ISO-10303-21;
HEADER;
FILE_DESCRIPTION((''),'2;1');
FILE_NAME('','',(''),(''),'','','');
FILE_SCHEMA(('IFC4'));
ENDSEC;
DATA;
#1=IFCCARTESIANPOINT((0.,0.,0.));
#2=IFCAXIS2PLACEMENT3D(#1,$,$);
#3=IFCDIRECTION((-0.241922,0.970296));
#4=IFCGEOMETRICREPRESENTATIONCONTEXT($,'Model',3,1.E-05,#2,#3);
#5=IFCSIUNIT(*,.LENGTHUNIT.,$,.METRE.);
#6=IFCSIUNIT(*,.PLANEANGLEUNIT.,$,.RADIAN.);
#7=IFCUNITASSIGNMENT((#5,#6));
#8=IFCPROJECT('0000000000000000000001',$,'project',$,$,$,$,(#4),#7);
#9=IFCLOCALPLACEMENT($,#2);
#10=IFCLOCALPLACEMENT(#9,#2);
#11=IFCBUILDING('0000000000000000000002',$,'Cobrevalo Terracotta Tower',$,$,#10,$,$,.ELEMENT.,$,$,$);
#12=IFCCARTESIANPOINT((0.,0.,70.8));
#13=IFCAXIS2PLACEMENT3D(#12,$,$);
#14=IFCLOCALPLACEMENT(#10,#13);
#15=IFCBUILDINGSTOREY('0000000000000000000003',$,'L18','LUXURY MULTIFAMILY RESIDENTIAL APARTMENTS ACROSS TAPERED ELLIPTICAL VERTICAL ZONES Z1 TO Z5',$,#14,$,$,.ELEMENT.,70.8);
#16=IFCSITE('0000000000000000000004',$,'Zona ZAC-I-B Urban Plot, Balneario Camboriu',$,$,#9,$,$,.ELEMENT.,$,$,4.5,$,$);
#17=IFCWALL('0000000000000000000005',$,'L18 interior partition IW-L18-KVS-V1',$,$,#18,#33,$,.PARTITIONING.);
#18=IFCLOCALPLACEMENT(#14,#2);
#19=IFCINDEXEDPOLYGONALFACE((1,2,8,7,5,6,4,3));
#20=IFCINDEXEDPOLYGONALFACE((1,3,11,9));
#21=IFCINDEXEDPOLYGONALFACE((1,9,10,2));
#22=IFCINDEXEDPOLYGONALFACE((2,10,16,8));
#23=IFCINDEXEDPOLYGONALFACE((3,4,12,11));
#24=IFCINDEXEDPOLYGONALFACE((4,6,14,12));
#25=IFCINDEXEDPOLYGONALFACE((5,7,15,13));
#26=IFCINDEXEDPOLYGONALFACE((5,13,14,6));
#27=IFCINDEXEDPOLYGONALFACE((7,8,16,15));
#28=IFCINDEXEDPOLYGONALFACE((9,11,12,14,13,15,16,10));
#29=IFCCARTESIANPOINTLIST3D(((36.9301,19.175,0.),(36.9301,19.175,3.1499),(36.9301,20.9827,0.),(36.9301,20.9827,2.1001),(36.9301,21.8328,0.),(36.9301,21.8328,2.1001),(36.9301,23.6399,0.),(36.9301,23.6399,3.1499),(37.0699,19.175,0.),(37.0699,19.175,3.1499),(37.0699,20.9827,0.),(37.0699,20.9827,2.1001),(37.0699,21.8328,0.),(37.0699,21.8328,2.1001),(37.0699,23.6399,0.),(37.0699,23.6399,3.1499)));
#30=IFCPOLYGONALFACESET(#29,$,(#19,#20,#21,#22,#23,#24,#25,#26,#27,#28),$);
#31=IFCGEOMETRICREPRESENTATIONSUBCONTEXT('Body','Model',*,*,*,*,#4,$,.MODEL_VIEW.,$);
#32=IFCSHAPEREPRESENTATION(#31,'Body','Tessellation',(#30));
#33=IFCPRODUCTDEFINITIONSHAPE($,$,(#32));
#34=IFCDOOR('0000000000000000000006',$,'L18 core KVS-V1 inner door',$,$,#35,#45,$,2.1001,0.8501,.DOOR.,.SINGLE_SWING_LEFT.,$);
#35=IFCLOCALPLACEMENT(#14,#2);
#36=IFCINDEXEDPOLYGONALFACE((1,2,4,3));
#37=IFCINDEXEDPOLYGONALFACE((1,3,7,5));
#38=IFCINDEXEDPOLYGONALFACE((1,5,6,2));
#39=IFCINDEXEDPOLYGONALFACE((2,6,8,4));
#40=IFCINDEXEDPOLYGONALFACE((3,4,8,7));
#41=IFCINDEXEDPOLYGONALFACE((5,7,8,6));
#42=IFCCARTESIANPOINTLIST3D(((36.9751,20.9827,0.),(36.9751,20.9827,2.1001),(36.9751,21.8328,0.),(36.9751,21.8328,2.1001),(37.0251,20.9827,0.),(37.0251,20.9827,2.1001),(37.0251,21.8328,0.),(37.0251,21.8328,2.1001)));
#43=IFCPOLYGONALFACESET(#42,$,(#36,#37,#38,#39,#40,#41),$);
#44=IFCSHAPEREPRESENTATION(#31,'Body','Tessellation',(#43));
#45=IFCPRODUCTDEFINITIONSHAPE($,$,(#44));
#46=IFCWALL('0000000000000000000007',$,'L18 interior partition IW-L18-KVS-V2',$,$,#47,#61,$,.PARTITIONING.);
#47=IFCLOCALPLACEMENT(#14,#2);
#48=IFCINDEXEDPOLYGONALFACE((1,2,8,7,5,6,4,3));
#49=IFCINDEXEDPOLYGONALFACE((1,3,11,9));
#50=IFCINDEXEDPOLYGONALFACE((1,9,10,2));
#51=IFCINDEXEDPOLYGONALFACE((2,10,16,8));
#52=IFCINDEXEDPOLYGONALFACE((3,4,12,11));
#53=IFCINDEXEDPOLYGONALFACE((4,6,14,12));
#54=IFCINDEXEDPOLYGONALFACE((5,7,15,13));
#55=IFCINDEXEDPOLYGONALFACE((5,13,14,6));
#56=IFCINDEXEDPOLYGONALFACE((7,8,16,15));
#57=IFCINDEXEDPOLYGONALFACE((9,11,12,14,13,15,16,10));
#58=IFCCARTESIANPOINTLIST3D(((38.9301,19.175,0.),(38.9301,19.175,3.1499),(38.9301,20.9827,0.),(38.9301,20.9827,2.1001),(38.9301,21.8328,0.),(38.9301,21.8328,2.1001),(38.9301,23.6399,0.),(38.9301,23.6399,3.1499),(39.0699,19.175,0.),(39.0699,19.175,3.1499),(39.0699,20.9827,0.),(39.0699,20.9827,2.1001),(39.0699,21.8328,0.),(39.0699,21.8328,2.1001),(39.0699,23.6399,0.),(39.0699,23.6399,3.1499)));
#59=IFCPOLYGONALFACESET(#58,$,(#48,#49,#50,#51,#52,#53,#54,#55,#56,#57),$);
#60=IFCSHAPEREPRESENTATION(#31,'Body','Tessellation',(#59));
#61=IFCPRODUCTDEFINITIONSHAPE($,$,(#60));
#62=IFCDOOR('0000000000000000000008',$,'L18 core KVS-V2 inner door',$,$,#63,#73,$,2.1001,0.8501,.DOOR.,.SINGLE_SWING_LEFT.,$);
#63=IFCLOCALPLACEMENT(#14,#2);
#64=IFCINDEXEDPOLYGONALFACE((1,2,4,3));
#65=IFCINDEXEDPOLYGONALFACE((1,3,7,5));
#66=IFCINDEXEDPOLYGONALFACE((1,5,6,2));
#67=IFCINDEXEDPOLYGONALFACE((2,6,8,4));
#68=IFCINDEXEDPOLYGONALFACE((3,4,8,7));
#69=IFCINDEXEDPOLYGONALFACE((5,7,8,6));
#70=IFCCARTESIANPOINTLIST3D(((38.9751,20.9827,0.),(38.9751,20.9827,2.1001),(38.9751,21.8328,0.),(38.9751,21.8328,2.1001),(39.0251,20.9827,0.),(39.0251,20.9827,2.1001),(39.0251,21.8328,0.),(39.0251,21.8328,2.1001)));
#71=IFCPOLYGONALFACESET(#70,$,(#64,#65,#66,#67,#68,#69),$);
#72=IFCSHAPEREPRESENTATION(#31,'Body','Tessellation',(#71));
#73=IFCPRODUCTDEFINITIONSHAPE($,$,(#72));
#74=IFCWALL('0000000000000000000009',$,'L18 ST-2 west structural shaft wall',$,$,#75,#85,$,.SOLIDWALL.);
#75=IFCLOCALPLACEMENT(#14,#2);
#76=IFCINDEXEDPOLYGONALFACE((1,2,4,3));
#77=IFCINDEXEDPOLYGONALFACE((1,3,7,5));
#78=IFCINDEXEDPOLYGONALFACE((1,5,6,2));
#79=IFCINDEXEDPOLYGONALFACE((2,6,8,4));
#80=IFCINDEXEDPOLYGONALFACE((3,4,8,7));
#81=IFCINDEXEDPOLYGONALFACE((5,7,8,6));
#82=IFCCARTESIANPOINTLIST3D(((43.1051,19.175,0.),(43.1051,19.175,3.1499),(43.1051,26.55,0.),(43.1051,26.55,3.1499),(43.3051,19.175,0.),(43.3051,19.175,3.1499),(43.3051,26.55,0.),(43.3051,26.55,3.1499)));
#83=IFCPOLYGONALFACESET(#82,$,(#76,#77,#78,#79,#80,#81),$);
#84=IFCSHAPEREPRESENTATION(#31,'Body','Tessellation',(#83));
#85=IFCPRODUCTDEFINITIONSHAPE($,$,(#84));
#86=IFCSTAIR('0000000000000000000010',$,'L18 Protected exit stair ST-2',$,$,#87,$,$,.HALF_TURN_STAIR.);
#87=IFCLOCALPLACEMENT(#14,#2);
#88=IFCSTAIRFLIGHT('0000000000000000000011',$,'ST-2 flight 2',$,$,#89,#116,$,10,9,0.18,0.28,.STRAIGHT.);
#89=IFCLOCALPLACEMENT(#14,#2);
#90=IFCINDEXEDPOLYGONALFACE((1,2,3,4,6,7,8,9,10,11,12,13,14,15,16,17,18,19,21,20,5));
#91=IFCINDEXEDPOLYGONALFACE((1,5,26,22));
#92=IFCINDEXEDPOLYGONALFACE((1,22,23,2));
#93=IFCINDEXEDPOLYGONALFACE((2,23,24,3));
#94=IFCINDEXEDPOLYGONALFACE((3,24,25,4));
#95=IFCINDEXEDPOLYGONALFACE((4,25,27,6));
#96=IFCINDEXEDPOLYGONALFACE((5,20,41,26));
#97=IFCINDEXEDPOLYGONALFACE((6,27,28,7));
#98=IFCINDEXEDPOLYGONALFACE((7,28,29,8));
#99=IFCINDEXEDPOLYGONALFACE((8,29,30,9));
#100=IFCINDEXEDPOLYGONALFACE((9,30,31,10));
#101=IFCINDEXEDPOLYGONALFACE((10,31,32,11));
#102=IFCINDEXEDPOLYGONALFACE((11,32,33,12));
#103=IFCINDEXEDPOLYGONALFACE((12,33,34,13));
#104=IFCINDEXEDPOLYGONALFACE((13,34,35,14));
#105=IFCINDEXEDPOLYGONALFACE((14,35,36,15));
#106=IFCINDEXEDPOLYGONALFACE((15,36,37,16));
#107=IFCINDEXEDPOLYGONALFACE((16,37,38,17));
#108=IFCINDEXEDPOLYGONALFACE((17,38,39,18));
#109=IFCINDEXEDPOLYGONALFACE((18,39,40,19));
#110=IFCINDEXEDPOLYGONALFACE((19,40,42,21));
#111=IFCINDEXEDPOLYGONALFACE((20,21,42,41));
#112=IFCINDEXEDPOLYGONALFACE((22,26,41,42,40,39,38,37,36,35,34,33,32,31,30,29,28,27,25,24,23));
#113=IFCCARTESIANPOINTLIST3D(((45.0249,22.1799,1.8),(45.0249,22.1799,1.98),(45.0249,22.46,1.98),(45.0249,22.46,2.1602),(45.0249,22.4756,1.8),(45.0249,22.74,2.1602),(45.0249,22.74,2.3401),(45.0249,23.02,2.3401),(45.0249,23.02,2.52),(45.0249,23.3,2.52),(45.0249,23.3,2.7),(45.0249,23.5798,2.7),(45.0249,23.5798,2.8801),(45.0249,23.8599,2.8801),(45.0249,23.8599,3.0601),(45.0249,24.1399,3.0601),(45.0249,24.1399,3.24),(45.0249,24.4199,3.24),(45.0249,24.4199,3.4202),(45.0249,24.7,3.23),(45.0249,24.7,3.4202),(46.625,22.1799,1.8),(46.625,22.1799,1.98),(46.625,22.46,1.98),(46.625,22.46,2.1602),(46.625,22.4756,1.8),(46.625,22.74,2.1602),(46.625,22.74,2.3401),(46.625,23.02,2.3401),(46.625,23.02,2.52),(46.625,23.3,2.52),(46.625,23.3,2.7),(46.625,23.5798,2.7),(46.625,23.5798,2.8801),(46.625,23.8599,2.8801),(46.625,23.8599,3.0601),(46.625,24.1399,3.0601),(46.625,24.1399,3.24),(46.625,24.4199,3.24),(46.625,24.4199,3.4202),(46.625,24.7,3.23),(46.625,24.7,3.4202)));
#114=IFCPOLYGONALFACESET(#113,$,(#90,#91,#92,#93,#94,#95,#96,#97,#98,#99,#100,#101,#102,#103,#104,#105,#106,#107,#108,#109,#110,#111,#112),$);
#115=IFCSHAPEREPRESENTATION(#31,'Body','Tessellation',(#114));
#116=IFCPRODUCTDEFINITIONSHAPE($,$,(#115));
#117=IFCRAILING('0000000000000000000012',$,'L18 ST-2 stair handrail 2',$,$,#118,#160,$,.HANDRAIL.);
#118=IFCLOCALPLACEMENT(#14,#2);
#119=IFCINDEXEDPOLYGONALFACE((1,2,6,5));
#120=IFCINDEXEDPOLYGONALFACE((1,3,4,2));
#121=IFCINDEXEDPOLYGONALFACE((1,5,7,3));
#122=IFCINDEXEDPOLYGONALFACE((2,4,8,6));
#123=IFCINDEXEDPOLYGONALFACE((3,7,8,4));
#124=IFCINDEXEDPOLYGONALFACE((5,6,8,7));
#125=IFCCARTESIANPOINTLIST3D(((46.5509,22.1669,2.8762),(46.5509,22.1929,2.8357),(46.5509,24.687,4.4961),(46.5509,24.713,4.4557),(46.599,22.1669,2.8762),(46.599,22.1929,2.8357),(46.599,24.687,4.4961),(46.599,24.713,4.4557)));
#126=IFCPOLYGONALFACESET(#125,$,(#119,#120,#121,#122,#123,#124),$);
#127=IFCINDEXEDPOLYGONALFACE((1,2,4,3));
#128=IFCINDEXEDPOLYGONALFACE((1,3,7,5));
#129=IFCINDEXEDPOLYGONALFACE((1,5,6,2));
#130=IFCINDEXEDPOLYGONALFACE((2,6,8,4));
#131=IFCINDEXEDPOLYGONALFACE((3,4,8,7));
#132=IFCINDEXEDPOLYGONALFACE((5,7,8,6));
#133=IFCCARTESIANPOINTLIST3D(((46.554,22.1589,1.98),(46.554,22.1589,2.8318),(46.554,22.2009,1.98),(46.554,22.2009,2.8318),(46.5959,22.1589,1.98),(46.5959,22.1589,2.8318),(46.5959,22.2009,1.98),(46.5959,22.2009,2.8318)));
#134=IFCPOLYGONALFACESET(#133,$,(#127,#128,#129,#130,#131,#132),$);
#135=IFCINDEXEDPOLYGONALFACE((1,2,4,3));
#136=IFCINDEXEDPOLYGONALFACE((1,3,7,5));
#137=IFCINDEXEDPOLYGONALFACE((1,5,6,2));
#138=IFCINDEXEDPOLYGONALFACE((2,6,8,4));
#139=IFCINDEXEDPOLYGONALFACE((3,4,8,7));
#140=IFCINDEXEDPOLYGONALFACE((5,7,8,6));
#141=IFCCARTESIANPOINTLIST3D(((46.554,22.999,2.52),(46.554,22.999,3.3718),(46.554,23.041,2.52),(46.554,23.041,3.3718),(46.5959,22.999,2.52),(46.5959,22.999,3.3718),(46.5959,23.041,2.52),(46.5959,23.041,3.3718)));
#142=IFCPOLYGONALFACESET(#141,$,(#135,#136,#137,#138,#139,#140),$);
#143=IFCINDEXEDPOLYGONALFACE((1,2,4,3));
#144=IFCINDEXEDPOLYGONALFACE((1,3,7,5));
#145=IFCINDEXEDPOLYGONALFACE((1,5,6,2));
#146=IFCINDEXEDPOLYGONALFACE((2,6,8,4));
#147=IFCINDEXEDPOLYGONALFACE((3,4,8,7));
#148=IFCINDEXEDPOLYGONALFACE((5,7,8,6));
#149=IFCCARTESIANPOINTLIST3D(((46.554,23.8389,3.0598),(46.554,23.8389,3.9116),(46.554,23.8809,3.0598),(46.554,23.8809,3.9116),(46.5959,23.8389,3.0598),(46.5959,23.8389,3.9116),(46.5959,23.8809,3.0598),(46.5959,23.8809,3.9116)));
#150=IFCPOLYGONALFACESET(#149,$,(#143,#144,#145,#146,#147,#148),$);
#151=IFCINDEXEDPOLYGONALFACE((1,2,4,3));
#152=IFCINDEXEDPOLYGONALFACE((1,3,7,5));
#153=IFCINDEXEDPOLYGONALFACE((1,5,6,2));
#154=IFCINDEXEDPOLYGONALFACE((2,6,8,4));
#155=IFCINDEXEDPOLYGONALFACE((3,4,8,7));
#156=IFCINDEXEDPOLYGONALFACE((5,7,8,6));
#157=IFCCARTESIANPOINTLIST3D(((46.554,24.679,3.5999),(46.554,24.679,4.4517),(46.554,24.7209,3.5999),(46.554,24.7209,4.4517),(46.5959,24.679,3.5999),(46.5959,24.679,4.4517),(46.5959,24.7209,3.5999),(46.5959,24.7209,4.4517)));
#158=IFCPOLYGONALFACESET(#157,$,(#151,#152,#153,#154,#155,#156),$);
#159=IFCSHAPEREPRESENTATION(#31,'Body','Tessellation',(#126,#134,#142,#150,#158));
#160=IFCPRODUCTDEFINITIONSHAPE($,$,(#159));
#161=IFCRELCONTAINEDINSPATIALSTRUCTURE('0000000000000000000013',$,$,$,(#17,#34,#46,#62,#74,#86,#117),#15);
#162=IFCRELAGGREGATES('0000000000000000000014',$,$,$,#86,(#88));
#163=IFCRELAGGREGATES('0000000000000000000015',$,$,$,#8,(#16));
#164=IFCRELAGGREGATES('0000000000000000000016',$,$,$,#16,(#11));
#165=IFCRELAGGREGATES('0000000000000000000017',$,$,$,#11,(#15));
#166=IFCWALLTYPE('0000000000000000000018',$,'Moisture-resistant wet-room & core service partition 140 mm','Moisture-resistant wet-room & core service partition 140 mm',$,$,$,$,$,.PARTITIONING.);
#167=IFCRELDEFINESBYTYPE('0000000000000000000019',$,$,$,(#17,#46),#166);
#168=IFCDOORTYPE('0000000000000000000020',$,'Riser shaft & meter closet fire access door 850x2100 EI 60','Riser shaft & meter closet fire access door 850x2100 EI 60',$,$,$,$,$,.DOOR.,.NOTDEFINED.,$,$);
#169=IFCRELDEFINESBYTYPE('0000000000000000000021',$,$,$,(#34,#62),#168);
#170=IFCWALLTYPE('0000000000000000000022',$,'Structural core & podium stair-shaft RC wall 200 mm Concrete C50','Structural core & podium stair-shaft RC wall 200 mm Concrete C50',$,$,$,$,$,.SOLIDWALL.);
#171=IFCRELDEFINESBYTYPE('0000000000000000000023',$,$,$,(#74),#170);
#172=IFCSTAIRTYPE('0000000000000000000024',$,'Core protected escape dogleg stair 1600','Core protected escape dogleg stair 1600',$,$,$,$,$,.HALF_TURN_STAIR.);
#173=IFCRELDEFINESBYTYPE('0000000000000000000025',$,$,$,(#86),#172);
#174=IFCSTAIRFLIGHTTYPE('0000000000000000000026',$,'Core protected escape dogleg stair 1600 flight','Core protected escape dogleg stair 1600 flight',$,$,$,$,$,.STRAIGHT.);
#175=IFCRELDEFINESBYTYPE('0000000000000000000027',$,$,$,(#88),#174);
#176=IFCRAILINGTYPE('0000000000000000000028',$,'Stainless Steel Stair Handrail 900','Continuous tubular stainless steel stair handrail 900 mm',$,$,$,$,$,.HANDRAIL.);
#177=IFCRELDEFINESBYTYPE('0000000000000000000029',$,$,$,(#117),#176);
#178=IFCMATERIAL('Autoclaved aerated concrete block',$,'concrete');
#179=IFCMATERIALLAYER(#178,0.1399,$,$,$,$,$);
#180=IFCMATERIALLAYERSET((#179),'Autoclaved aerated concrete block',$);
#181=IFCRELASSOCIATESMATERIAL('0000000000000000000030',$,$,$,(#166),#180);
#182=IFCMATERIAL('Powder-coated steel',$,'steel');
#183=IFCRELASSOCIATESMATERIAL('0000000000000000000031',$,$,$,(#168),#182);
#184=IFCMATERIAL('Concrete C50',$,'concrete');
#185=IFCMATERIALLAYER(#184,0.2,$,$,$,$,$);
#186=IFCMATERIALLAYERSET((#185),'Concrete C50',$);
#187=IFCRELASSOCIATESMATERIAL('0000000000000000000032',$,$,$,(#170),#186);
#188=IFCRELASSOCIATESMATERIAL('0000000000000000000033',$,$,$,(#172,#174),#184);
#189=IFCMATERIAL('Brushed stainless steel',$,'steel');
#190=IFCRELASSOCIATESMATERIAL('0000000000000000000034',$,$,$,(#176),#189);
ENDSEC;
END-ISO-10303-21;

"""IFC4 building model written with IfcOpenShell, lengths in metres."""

from ifc_helpers import new_model, si_unit, direction, frame, frame_2d, origin, origin_2d, place, context, subcontext, project, spatial, polyline, rectangle, outline, extrude, source, transform, mapped, material, layer, layer_set, type_object, element, fill, aggregate, save


model = new_model("IFC4")

# Units and contexts
model_context = context("Model", 3, precision=1e-05, world=origin(), true_north=direction((-0.241922, 0.970296)))
body_context = subcontext(model_context, "Body", "Model", "MODEL_VIEW")
ifc_project = project(units=[si_unit("LENGTHUNIT", "METRE"), si_unit("PLANEANGLEUNIT", "RADIAN")], contexts=[model_context])

# Site, building, storey
site_placement = place(None, origin())
site = spatial("IfcSite", under=ifc_project, at=site_placement, Name="Zona ZAC-I-B Urban Plot, Balneario Camboriu", CompositionType="ELEMENT", RefElevation=4.5)
building_placement = place(site_placement, origin())
building = spatial("IfcBuilding", under=site, at=building_placement, Name="Cobrevalo Terracotta Tower", CompositionType="ELEMENT")
storey_placement = place(building_placement, frame((0.0, 0.0, 70.8)))
storey = spatial("IfcBuildingStorey", under=building, at=storey_placement, Name="L18", Description="LUXURY MULTIFAMILY RESIDENTIAL APARTMENTS ACROSS TAPERED ELLIPTICAL VERTICAL ZONES Z1 TO Z5", CompositionType="ELEMENT", Elevation=70.8)

# Shared definitions
ifc_material_1 = material(Name="Autoclaved aerated concrete block", Category="concrete")

# Shared definitions
ifc_layer_1 = layer(ifc_material_1, 0.1399)
ifc_layer_set_1 = layer_set([ifc_layer_1], Name="Autoclaved aerated concrete block")
wall_type_1 = type_object("IfcWallType", Name="Moisture-resistant wet-room & core service partition 140 mm", Description="Moisture-resistant wet-room & core service partition 140 mm", PredefinedType="PARTITIONING", material=ifc_layer_set_1)

# Walls, openings, doors
wall_1_placement = place(storey_placement, frame((37.0, 19.175, 0.0), z_axis=(0.0, 0.0, 1.0), x_axis=(0.0, 1.0, 0.0)))
wall_1 = element("IfcWall", 1, at=wall_1_placement, inside=storey, type_object=wall_type_1, Name="L18 interior partition IW-L18-KVS-V1", PredefinedType="PARTITIONING", context=body_context, shape_type="SweptSolid", body=[
    extrude(rectangle(XDim=4.4648, YDim=0.1399, at=frame_2d((2.2324, 0.0))), origin(), (0.0, 0.0, 1.0), 3.1499),
])
opening_1_placement = place(wall_1_placement, frame((1.8076, 0.0, 0.0)))
opening_1 = element("IfcOpeningElement", 2, at=opening_1_placement, cuts=wall_1, PredefinedType="OPENING", context=body_context, shape_type="SweptSolid", body=[
    extrude(rectangle(XDim=0.8501, YDim=2.1001, at=frame_2d((0.425, 1.05))), frame((0.0, 0.0801, 0.0), z_axis=(0.0, -1.0, 0.0), x_axis=(1.0, 0.0, 0.0)), (0.0, 0.0, 1.0), 0.1599),
])
ifc_material_2 = material(Name="Powder-coated steel", Category="steel")
door_type_1 = type_object("IfcDoorType", Name="Riser shaft & meter closet fire access door 850x2100 EI 60", Description="Riser shaft & meter closet fire access door 850x2100 EI 60", OperationType="NOTDEFINED", PredefinedType="DOOR", material=ifc_material_2)
shared_shape_1 = source(origin(), body_context, "Body", "SweptSolid", [
    extrude(rectangle(XDim=0.8501, YDim=2.1001, at=frame_2d((0.425, 1.05))), frame((0.0, 0.0249, 0.0), z_axis=(0.0, -1.0, 0.0), x_axis=(1.0, 0.0, 0.0)), (0.0, 0.0, 1.0), 0.05),
])
door_1_placement = place(opening_1_placement, origin())
door_1 = element("IfcDoor", 3, at=door_1_placement, inside=storey, type_object=door_type_1, Name="L18 core KVS-V1 inner door", OperationType="SINGLE_SWING_LEFT", OverallHeight=2.1001, OverallWidth=0.8501, PredefinedType="DOOR", context=body_context, shape_type="MappedRepresentation", body=[
    mapped(shared_shape_1, transform((0.0, 0.0, 0.0), scale=1.0)),
])
fill(opening_1, door_1)
wall_2_placement = place(storey_placement, frame((39.0, 19.175, 0.0), z_axis=(0.0, 0.0, 1.0), x_axis=(0.0, 1.0, 0.0)))
wall_2 = element("IfcWall", 4, at=wall_2_placement, inside=storey, type_object=wall_type_1, Name="L18 interior partition IW-L18-KVS-V2", PredefinedType="PARTITIONING", context=body_context, shape_type="SweptSolid", body=[
    extrude(rectangle(XDim=4.4648, YDim=0.1399, at=frame_2d((2.2324, 0.0))), origin(), (0.0, 0.0, 1.0), 3.1499),
])
opening_2_placement = place(wall_2_placement, frame((1.8076, 0.0, 0.0)))
opening_2 = element("IfcOpeningElement", 5, at=opening_2_placement, cuts=wall_2, PredefinedType="OPENING", context=body_context, shape_type="SweptSolid", body=[
    extrude(rectangle(XDim=0.8501, YDim=2.1001, at=frame_2d((0.425, 1.05))), frame((0.0, 0.0801, 0.0), z_axis=(0.0, -1.0, 0.0), x_axis=(1.0, 0.0, 0.0)), (0.0, 0.0, 1.0), 0.1599),
])
door_2_placement = place(opening_2_placement, origin())
door_2 = element("IfcDoor", 6, at=door_2_placement, inside=storey, type_object=door_type_1, Name="L18 core KVS-V2 inner door", OperationType="SINGLE_SWING_LEFT", OverallHeight=2.1001, OverallWidth=0.8501, PredefinedType="DOOR", context=body_context, shape_type="MappedRepresentation", body=[
    mapped(shared_shape_1, transform((0.0, 0.0, 0.0), scale=1.0)),
])
fill(opening_2, door_2)

# Wall
ifc_material_3 = material(Name="Concrete C50", Category="concrete")
ifc_layer_2 = layer(ifc_material_3, 0.2)
ifc_layer_set_2 = layer_set([ifc_layer_2], Name="Concrete C50")
wall_type_2 = type_object("IfcWallType", Name="Structural core & podium stair-shaft RC wall 200 mm Concrete C50", Description="Structural core & podium stair-shaft RC wall 200 mm Concrete C50", PredefinedType="SOLIDWALL", material=ifc_layer_set_2)
wall_3_placement = place(storey_placement, frame((43.2051, 19.175, 0.0), z_axis=(0.0, 0.0, 1.0), x_axis=(0.0, 1.0, 0.0)))
element("IfcWall", 7, at=wall_3_placement, inside=storey, type_object=wall_type_2, Name="L18 ST-2 west structural shaft wall", PredefinedType="SOLIDWALL", context=body_context, shape_type="SweptSolid", body=[
    extrude(rectangle(XDim=7.375, YDim=0.2, at=frame_2d((3.6875, 0.0))), origin(), (0.0, 0.0, 1.0), 3.1499),
])

# Stair, stair flight
stair_type = type_object("IfcStairType", Name="Core protected escape dogleg stair 1600", Description="Core protected escape dogleg stair 1600", PredefinedType="HALF_TURN_STAIR", material=ifc_material_3)
stair_placement = place(storey_placement, origin())
stair = element("IfcStair", 8, at=stair_placement, inside=storey, type_object=stair_type, Name="L18 Protected exit stair ST-2", PredefinedType="HALF_TURN_STAIR")
stair_flight_type = type_object("IfcStairFlightType", Name="Core protected escape dogleg stair 1600 flight", Description="Core protected escape dogleg stair 1600 flight", PredefinedType="STRAIGHT", material=ifc_material_3)
stair_flight_placement = place(storey_placement, frame((45.825, 22.1799, 1.8), z_axis=(0.0, 0.0, 1.0), x_axis=(0.0, 1.0, 0.0)))
stair_flight = element("IfcStairFlight", 9, at=stair_flight_placement, type_object=stair_flight_type, Name="ST-2 flight 2", NumberOfRisers=10, NumberOfTreads=9, PredefinedType="STRAIGHT", RiserHeight=0.18, TreadLength=0.28, context=body_context, shape_type="SweptSolid", body=[
    extrude(outline(polyline([(0.0, 0.0), (0.0, 0.1799), (0.28, 0.1799), (0.28, 0.3601), (0.5601, 0.3601), (0.5601, 0.54), (0.8401, 0.54), (0.8401, 0.72), (1.1201, 0.72), (1.1201, 0.8999), (1.3999, 0.8999), (1.3999, 1.0801), (1.6799, 1.0801), (1.6799, 1.26), (1.96, 1.26), (1.96, 1.4399), (2.24, 1.4399), (2.24, 1.6201), (2.52, 1.6201), (2.52, 1.8), (2.52, 1.4299), (0.2957, 0.0), (0.0, 0.0)])), frame((0.0, 0.8, 0.0), z_axis=(0.0, -1.0, 0.0), x_axis=(1.0, 0.0, 0.0)), (0.0, 0.0, 1.0), 1.6001),
])
aggregate(stair, [stair_flight])

# Railing
ifc_material_4 = material(Name="Brushed stainless steel", Category="steel")
railing_type_1 = type_object("IfcRailingType", Name="Stainless Steel Stair Handrail 900", Description="Continuous tubular stainless steel stair handrail 900 mm", PredefinedType="HANDRAIL", material=ifc_material_4)
railing_1_placement = place(storey_placement, frame((46.575, 22.1799, 1.98)))
element("IfcRailing", 10, at=railing_1_placement, inside=storey, type_object=railing_type_1, Name="L18 ST-2 stair handrail 2", PredefinedType="HANDRAIL", context=body_context, shape_type="SweptSolid", body=[
    extrude(rectangle(XDim=0.0481, YDim=0.0481, at=origin_2d()), frame((0.0, 0.0, 0.876), z_axis=(0.0, 0.8412, 0.540725), x_axis=(-1.0, 0.0, 0.0)), (0.0, 0.0, 1.0), 2.9958),
    extrude(rectangle(XDim=0.042, YDim=0.042, at=origin_2d()), origin(), (0.0, 0.0, 1.0), 0.8518),
    extrude(rectangle(XDim=0.042, YDim=0.042, at=origin_2d()), frame((0.0, 0.8401, 0.54)), (0.0, 0.0, 1.0), 0.8518),
    extrude(rectangle(XDim=0.042, YDim=0.042, at=origin_2d()), frame((0.0, 1.6799, 1.0798)), (0.0, 0.0, 1.0), 0.8518),
    extrude(rectangle(XDim=0.042, YDim=0.042, at=origin_2d()), frame((0.0, 2.52, 1.6199)), (0.0, 0.0, 1.0), 0.8518),
])

save(model, "model.ifc")
